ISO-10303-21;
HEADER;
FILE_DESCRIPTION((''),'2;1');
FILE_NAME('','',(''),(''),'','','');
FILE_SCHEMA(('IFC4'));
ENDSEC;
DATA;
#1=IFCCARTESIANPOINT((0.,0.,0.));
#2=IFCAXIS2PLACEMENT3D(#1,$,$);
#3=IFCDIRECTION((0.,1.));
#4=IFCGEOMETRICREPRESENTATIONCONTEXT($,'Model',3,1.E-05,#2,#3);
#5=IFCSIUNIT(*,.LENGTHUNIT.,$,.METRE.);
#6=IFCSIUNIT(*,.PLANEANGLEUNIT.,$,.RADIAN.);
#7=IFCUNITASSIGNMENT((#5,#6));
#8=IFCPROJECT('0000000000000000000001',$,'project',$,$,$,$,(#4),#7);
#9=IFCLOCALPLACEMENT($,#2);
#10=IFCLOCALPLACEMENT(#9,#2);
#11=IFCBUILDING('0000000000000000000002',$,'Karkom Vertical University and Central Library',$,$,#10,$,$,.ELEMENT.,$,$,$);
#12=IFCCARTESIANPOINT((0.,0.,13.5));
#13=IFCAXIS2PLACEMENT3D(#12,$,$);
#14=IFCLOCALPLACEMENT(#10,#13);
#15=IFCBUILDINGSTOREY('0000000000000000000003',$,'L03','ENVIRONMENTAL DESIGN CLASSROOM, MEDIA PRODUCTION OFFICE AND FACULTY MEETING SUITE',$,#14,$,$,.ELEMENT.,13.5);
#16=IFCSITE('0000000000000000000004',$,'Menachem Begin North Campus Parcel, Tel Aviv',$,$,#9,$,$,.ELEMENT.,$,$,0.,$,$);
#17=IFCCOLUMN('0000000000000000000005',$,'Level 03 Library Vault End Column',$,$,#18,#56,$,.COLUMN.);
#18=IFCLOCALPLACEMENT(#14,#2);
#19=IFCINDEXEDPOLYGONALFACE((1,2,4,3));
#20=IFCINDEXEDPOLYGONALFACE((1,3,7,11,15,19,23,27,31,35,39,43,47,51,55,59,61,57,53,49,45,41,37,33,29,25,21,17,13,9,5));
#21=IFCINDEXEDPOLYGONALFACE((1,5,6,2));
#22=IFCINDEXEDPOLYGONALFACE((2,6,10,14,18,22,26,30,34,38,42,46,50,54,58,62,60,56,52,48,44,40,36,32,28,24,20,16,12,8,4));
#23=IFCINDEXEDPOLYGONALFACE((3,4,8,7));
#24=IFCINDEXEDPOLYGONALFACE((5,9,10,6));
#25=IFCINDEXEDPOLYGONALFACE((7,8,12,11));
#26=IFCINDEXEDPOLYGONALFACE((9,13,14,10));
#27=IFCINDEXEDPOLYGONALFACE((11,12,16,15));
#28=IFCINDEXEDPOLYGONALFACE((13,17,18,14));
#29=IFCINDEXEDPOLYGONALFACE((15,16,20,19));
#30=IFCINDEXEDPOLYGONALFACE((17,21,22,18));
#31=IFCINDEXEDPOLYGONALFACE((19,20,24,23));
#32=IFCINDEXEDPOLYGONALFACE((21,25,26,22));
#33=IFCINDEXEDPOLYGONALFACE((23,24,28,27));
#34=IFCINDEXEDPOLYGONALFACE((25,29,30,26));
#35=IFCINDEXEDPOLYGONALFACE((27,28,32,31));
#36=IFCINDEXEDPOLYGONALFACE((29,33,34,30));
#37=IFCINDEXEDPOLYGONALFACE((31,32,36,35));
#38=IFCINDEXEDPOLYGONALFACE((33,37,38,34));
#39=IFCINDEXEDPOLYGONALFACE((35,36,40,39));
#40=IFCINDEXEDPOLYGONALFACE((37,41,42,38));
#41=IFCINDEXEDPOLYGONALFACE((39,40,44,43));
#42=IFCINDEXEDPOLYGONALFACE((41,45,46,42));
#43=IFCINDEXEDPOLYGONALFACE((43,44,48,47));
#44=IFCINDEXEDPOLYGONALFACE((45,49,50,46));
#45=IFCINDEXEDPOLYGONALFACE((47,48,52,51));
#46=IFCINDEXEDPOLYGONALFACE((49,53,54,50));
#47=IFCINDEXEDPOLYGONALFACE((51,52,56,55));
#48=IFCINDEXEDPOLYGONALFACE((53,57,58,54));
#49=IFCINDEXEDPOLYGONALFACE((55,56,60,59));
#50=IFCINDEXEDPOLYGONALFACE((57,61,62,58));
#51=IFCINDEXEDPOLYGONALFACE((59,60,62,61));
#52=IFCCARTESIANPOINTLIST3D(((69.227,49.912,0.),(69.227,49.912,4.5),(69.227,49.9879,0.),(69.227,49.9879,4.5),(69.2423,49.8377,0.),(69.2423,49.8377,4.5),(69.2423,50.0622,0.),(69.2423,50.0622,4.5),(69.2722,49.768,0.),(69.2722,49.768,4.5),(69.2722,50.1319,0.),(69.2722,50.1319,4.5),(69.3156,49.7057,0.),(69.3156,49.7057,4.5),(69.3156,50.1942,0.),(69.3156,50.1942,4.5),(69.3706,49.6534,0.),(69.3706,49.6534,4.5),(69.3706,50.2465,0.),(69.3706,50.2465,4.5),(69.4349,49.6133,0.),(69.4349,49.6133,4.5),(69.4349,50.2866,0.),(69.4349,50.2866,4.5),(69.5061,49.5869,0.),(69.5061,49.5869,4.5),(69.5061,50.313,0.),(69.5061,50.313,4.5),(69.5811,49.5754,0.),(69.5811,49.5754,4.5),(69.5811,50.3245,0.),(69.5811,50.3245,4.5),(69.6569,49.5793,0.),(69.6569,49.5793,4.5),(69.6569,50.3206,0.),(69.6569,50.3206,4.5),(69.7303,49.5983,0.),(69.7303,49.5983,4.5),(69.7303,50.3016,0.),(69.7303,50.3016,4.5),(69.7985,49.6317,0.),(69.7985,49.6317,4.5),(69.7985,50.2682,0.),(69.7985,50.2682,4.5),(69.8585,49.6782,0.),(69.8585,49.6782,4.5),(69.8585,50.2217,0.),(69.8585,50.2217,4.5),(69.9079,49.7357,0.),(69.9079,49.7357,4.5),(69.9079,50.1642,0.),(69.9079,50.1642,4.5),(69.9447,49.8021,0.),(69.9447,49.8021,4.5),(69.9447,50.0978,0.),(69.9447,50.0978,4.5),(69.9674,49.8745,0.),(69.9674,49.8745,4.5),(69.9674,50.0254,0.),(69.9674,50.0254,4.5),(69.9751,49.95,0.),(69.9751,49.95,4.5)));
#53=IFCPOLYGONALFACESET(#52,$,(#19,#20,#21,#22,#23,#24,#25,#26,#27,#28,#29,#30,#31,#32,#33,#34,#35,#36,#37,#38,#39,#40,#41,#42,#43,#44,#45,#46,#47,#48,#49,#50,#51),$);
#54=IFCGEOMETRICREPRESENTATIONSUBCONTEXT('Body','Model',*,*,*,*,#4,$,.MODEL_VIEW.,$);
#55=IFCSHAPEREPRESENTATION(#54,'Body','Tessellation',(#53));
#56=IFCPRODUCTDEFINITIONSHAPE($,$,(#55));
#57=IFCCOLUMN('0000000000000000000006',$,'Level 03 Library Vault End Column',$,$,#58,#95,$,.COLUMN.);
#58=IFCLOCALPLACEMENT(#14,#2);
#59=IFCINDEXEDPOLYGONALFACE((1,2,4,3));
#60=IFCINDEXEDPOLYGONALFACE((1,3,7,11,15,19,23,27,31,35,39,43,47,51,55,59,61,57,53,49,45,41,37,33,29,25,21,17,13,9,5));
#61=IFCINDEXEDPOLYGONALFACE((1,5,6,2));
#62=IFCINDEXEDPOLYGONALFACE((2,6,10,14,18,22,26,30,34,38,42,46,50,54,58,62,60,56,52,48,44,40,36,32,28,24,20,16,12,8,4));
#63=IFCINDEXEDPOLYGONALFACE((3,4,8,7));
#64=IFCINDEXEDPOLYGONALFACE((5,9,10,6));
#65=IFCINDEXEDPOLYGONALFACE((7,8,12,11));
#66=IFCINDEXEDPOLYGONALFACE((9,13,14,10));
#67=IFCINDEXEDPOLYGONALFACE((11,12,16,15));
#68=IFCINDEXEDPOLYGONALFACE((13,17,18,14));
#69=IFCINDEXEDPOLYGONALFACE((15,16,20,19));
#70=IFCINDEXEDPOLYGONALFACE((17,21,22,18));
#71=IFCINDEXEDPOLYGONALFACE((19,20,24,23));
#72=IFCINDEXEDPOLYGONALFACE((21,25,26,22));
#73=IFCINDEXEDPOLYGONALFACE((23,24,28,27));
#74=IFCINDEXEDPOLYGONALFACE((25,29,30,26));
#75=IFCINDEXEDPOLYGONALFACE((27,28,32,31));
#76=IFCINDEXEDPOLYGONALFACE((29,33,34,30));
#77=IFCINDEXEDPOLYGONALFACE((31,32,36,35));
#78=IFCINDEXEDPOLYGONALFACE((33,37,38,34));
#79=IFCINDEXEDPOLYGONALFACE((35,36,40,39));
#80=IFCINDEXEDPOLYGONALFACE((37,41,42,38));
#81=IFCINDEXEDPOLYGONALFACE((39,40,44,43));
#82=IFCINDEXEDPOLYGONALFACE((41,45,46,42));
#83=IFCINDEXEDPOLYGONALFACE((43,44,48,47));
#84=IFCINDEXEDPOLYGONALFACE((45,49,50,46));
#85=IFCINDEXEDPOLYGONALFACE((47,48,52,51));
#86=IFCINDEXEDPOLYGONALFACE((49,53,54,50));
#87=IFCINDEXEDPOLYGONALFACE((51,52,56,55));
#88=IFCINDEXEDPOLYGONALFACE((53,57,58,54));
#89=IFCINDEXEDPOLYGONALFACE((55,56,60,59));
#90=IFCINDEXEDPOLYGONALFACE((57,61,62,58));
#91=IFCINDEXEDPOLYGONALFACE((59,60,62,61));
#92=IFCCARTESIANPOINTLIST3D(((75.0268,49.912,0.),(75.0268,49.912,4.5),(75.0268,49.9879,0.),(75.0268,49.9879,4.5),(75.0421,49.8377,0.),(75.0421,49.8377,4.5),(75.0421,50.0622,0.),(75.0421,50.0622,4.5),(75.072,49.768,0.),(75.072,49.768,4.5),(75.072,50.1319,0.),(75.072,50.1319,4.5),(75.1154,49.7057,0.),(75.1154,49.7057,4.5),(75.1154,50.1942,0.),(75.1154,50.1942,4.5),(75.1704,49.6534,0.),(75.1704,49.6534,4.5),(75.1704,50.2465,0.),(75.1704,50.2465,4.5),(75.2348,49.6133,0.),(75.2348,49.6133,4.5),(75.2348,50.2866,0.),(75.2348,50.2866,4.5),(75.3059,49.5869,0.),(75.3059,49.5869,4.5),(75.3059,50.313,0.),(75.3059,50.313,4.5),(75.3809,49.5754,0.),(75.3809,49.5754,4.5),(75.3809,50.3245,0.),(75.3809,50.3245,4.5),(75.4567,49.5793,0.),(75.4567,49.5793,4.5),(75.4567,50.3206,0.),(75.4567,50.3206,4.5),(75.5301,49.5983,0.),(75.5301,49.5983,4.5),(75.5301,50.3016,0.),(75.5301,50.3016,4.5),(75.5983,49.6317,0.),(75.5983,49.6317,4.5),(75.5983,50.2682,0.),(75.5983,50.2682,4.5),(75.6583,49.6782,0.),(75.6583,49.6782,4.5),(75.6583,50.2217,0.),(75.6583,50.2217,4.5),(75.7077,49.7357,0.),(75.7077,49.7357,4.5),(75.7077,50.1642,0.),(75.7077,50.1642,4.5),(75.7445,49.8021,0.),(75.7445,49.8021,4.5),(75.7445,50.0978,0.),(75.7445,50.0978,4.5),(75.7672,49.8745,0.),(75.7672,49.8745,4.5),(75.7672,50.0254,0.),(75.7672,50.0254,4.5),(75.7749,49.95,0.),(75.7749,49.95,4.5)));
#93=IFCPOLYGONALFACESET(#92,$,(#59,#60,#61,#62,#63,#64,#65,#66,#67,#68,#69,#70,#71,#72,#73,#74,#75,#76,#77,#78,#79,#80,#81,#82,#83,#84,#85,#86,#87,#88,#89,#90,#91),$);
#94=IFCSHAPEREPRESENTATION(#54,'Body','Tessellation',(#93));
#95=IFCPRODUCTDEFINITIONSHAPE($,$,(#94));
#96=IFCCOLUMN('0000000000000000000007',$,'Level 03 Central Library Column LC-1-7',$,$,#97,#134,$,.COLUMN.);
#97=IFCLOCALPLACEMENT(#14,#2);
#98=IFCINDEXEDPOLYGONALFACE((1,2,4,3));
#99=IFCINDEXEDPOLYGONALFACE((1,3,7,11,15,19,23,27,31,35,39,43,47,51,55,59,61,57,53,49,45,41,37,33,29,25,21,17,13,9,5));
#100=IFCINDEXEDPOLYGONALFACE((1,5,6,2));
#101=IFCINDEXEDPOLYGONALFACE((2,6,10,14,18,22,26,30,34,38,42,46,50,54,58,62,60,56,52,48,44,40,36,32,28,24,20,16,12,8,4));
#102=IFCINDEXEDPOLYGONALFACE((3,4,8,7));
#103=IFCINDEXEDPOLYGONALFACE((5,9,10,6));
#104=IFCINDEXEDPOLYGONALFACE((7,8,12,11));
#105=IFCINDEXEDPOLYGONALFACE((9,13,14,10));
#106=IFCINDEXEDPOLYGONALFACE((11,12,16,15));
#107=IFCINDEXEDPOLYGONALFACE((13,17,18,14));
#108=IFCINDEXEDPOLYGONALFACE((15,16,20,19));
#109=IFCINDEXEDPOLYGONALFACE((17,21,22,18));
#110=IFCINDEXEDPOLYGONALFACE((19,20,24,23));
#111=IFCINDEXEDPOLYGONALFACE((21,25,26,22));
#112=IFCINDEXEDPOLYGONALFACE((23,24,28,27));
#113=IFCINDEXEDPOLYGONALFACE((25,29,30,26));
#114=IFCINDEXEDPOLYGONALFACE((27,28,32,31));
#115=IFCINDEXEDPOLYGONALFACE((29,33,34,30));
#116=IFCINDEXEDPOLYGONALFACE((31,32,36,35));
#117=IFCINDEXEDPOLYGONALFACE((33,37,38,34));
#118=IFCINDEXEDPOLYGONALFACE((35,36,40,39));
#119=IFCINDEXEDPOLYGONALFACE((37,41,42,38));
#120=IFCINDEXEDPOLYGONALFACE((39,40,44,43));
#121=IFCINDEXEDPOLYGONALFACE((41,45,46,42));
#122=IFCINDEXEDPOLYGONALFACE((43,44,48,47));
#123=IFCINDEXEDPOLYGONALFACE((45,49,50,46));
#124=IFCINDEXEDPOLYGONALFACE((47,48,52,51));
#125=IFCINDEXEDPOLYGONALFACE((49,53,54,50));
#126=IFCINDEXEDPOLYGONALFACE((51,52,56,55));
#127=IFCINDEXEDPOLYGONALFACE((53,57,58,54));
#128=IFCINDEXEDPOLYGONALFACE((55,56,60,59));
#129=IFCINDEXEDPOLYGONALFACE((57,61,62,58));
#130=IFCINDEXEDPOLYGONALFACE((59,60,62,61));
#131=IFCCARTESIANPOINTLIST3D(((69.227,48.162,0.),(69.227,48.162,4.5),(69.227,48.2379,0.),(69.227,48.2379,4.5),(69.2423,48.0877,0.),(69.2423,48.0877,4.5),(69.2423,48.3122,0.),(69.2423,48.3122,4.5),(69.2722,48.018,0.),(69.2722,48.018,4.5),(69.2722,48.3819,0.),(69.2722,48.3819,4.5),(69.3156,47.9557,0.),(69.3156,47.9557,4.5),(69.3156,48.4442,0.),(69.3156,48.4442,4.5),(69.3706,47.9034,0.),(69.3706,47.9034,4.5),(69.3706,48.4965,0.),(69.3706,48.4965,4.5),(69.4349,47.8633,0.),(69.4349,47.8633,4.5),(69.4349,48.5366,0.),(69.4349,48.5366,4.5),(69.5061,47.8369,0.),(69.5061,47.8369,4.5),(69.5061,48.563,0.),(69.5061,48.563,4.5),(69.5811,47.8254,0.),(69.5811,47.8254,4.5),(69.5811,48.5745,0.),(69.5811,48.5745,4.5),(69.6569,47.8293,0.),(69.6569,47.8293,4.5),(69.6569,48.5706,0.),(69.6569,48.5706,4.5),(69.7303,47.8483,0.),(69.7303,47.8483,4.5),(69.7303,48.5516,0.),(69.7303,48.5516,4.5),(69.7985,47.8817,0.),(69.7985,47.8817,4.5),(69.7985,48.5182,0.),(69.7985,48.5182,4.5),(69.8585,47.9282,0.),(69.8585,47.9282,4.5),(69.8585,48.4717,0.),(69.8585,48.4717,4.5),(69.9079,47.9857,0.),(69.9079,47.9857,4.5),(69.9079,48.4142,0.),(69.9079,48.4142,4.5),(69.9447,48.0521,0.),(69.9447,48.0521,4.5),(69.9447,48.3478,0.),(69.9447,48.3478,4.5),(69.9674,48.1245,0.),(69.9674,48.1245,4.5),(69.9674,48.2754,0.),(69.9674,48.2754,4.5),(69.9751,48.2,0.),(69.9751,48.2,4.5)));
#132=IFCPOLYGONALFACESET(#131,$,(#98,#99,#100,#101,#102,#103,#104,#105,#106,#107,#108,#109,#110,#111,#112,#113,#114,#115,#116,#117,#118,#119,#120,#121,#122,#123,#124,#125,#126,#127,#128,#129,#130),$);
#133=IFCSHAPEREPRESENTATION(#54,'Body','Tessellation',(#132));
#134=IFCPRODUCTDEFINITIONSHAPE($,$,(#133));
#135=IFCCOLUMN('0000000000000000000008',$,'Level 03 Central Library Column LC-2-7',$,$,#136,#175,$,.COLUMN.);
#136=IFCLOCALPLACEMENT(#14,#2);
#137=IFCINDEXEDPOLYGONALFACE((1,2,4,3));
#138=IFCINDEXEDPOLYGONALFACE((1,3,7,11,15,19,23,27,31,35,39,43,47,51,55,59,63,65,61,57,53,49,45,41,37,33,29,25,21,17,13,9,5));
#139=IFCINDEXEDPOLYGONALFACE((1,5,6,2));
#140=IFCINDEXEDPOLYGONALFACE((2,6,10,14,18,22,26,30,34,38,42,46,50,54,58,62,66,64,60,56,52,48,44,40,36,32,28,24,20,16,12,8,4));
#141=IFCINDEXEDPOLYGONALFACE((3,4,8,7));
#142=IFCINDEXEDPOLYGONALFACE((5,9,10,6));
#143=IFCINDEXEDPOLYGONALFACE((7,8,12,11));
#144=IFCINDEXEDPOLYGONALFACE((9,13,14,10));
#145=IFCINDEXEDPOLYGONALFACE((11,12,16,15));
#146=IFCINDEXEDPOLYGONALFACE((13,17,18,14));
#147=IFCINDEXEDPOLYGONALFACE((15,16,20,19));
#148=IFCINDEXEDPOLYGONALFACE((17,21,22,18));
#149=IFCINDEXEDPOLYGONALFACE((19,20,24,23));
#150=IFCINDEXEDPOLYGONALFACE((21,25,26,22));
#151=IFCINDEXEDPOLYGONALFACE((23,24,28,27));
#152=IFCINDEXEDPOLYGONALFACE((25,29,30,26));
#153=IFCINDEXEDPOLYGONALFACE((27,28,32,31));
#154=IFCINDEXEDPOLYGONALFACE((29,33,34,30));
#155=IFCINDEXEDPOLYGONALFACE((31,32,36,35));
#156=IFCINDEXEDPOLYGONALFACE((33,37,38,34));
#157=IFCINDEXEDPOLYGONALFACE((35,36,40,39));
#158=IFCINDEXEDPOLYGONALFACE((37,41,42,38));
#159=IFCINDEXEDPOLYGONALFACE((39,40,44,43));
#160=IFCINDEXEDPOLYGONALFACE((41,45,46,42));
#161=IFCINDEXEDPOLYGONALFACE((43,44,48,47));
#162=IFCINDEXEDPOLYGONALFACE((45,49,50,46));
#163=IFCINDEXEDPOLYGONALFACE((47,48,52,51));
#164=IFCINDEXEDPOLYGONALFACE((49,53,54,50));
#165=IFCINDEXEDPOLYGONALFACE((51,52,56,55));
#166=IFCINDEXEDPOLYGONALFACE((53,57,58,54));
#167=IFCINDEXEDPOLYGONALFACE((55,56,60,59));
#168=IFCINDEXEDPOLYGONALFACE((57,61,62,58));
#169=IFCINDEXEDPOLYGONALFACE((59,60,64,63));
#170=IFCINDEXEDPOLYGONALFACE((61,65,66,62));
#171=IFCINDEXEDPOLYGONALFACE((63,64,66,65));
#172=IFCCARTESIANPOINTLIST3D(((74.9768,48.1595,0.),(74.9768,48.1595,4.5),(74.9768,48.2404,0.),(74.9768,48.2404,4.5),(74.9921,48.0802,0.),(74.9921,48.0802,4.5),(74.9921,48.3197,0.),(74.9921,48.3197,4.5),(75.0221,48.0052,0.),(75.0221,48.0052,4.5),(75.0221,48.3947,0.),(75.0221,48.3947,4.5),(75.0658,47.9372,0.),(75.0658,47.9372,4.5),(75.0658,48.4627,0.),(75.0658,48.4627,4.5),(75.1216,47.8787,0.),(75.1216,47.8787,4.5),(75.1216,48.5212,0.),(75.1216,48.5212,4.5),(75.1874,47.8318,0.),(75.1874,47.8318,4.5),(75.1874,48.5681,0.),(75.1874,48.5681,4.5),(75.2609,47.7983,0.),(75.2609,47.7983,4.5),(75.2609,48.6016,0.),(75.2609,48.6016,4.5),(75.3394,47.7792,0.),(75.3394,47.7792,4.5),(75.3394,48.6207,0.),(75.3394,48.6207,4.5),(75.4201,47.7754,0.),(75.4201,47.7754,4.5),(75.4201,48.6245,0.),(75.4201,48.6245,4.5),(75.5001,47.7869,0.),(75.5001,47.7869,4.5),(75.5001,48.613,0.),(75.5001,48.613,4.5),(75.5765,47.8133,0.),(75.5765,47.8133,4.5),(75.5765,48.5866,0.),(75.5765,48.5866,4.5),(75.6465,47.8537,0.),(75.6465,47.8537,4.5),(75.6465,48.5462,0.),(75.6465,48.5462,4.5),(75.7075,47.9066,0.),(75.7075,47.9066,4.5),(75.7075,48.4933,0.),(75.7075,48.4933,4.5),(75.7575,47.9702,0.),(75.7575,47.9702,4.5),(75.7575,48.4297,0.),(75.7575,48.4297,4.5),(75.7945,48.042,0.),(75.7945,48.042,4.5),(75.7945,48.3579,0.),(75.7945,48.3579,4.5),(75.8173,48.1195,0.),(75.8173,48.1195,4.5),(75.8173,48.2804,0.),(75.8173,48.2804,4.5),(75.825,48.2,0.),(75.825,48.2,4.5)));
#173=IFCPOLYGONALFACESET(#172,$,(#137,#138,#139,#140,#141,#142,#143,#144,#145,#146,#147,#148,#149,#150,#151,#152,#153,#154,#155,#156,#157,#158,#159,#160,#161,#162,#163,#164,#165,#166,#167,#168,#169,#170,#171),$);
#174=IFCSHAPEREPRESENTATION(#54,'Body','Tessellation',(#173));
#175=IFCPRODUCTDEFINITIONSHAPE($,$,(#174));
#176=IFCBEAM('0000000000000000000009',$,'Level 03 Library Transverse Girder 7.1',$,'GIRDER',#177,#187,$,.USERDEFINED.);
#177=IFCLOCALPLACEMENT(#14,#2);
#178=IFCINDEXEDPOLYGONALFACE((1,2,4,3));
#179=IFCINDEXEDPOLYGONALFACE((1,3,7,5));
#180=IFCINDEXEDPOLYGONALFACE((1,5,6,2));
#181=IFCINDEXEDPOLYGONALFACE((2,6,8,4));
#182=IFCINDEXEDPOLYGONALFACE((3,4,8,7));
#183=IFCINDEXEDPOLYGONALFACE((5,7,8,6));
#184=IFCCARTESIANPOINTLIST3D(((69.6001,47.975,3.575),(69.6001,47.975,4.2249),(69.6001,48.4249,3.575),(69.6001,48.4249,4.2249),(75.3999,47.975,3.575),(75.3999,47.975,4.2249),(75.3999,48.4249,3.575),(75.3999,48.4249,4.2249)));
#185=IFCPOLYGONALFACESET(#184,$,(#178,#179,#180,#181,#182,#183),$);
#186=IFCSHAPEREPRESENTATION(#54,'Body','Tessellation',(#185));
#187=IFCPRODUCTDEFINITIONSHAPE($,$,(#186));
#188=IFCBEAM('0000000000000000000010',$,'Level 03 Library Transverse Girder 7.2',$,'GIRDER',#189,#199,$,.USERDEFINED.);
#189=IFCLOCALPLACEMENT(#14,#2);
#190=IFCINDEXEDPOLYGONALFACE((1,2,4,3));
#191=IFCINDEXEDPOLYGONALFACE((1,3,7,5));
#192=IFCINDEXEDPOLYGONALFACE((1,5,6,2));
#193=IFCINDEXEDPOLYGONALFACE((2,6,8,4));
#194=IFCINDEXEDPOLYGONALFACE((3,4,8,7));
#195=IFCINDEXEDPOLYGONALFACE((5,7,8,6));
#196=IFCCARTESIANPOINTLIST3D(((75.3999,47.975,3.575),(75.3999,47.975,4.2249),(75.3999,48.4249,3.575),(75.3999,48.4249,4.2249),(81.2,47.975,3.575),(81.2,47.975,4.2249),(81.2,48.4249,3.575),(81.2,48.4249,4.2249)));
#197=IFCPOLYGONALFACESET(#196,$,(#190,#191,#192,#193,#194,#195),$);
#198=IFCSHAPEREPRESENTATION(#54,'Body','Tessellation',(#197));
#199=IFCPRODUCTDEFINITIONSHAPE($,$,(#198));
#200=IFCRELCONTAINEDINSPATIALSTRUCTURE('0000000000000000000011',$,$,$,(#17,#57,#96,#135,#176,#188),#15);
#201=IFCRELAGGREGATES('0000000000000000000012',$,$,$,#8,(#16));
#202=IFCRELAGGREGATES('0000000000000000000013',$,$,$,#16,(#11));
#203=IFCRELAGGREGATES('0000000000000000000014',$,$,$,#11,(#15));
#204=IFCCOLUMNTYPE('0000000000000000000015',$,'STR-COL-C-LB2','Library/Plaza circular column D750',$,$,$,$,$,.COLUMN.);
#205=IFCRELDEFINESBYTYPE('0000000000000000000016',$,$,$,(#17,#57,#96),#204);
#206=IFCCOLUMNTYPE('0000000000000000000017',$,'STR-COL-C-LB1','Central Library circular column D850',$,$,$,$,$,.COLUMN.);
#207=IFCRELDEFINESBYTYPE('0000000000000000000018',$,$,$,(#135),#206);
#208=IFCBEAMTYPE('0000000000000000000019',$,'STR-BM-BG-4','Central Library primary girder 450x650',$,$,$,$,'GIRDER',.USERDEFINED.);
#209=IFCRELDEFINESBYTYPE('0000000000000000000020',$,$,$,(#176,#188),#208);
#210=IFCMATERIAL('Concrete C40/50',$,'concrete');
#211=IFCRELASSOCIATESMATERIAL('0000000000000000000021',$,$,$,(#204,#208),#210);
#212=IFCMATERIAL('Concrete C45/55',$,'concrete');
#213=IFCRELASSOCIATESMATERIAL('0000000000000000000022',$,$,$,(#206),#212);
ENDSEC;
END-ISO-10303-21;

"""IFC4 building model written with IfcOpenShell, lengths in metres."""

from ifc_helpers import new_model, si_unit, direction, frame, origin, origin_with_axes, origin_2d, place, context, subcontext, project, spatial, rectangle, circle, extrude, source, transform, mapped, material, material_profile, profile_set, type_object, element, save


model = new_model("IFC4")

# Units and contexts
model_context = context("Model", 3, precision=1e-05, world=origin(), true_north=direction((0.0, 1.0)))
body_context = subcontext(model_context, "Body", "Model", "MODEL_VIEW")
ifc_project = project(units=[si_unit("LENGTHUNIT", "METRE"), si_unit("PLANEANGLEUNIT", "RADIAN")], contexts=[model_context])

# Site, building, storey
site_placement = place(None, origin())
site = spatial("IfcSite", under=ifc_project, at=site_placement, Name="Menachem Begin North Campus Parcel, Tel Aviv", CompositionType="ELEMENT", RefElevation=0.0)
building_placement = place(site_placement, origin())
building = spatial("IfcBuilding", under=site, at=building_placement, Name="Karkom Vertical University and Central Library", CompositionType="ELEMENT")
storey_placement = place(building_placement, frame((0.0, 0.0, 13.5)))
storey = spatial("IfcBuildingStorey", under=building, at=storey_placement, Name="L03", Description="ENVIRONMENTAL DESIGN CLASSROOM, MEDIA PRODUCTION OFFICE AND FACULTY MEETING SUITE", CompositionType="ELEMENT", Elevation=13.5)

# Columns
ifc_material_1 = material(Name="Concrete C40/50", Category="concrete")
ifc_material_profile_1 = material_profile(ifc_material_1, circle(Radius=0.375, at=origin_2d()), Name="RC-D750")
ifc_profile_set_1 = profile_set([ifc_material_profile_1], Name="Concrete C40/50")
column_type_1 = type_object("IfcColumnType", Name="STR-COL-C-LB2", Description="Library/Plaza circular column D750", PredefinedType="COLUMN", material=ifc_profile_set_1)
shared_shape_1 = source(origin_with_axes(), body_context, "Body", "SweptSolid", [
    extrude(circle(Radius=0.375, at=origin_2d()), origin(), (0.0, 0.0, 1.0), 4.5),
])
for number, where, z_axis, x_axis, name in (
    (1, (69.6001, 49.95, 0.0), (0.0, 0.0, 1.0), (1.0, 0.0, 0.0), "Level 03 Library Vault End Column"),
    (2, (75.3999, 49.95, 0.0), (0.0, 0.0, 1.0), (1.0, 0.0, 0.0), "Level 03 Library Vault End Column"),
    (3, (69.6001, 48.2, 0.0), (0.0, 0.0, 1.0), (1.0, 0.0, 0.0), "Level 03 Central Library Column LC-1-7"),
):
    element("IfcColumn", number, at=place(storey_placement, frame(where, z_axis=z_axis, x_axis=x_axis)), inside=storey, type_object=column_type_1, Name=name, PredefinedType="COLUMN", context=body_context, shape_type="MappedRepresentation", body=[
        mapped(shared_shape_1, transform((0.0, 0.0, 0.0), scale=1.0)),
    ])
ifc_material_2 = material(Name="Concrete C45/55", Category="concrete")
ifc_material_profile_2 = material_profile(ifc_material_2, circle(Radius=0.425, at=origin_2d()), Name="RC-D850")
ifc_profile_set_2 = profile_set([ifc_material_profile_2], Name="Concrete C45/55")
column_type_2 = type_object("IfcColumnType", Name="STR-COL-C-LB1", Description="Central Library circular column D850", PredefinedType="COLUMN", material=ifc_profile_set_2)
shared_shape_2 = source(origin_with_axes(), body_context, "Body", "SweptSolid", [
    extrude(circle(Radius=0.425, at=origin_2d()), origin(), (0.0, 0.0, 1.0), 4.5),
])
column_placement = place(storey_placement, frame((75.3999, 48.2, 0.0), z_axis=(0.0, 0.0, 1.0), x_axis=(1.0, 0.0, 0.0)))
element("IfcColumn", 4, at=column_placement, inside=storey, type_object=column_type_2, Name="Level 03 Central Library Column LC-2-7", PredefinedType="COLUMN", context=body_context, shape_type="MappedRepresentation", body=[
    mapped(shared_shape_2, transform((0.0, 0.0, 0.0), scale=1.0)),
])

# Beams
ifc_material_profile_3 = material_profile(ifc_material_1, rectangle(XDim=0.45, YDim=0.6499, at=origin_2d()), Name="RCB-450x650")
ifc_profile_set_3 = profile_set([ifc_material_profile_3], Name="Concrete C40/50")
beam_type = type_object("IfcBeamType", Name="STR-BM-BG-4", Description="Central Library primary girder 450x650", ElementType="GIRDER", PredefinedType="USERDEFINED", material=ifc_profile_set_3)
shared_shape_3 = source(origin_with_axes(), body_context, "Body", "SweptSolid", [
    extrude(rectangle(XDim=0.45, YDim=0.6499, at=origin_2d()), origin(), (0.0, 0.0, 1.0), 5.7998),
])
beam_1_placement = place(storey_placement, frame((69.6001, 48.2, 3.8999), z_axis=(1.0, 0.0, 0.0), x_axis=(0.0, 1.0, 0.0)))
element("IfcBeam", 5, at=beam_1_placement, inside=storey, type_object=beam_type, Name="Level 03 Library Transverse Girder 7.1", ObjectType="GIRDER", PredefinedType="USERDEFINED", context=body_context, shape_type="MappedRepresentation", body=[
    mapped(shared_shape_3, transform((0.0, 0.0, 0.0), scale=1.0)),
])
shared_shape_4 = source(origin_with_axes(), body_context, "Body", "SweptSolid", [
    extrude(rectangle(XDim=0.45, YDim=0.6499, at=origin_2d()), origin(), (0.0, 0.0, 1.0), 5.8),
])
beam_2_placement = place(storey_placement, frame((75.3999, 48.2, 3.8999), z_axis=(1.0, 0.0, 0.0), x_axis=(0.0, 1.0, 0.0)))
element("IfcBeam", 6, at=beam_2_placement, inside=storey, type_object=beam_type, Name="Level 03 Library Transverse Girder 7.2", ObjectType="GIRDER", PredefinedType="USERDEFINED", context=body_context, shape_type="MappedRepresentation", body=[
    mapped(shared_shape_4, transform((0.0, 0.0, 0.0), scale=1.0)),
])

save(model, "model.ifc")
